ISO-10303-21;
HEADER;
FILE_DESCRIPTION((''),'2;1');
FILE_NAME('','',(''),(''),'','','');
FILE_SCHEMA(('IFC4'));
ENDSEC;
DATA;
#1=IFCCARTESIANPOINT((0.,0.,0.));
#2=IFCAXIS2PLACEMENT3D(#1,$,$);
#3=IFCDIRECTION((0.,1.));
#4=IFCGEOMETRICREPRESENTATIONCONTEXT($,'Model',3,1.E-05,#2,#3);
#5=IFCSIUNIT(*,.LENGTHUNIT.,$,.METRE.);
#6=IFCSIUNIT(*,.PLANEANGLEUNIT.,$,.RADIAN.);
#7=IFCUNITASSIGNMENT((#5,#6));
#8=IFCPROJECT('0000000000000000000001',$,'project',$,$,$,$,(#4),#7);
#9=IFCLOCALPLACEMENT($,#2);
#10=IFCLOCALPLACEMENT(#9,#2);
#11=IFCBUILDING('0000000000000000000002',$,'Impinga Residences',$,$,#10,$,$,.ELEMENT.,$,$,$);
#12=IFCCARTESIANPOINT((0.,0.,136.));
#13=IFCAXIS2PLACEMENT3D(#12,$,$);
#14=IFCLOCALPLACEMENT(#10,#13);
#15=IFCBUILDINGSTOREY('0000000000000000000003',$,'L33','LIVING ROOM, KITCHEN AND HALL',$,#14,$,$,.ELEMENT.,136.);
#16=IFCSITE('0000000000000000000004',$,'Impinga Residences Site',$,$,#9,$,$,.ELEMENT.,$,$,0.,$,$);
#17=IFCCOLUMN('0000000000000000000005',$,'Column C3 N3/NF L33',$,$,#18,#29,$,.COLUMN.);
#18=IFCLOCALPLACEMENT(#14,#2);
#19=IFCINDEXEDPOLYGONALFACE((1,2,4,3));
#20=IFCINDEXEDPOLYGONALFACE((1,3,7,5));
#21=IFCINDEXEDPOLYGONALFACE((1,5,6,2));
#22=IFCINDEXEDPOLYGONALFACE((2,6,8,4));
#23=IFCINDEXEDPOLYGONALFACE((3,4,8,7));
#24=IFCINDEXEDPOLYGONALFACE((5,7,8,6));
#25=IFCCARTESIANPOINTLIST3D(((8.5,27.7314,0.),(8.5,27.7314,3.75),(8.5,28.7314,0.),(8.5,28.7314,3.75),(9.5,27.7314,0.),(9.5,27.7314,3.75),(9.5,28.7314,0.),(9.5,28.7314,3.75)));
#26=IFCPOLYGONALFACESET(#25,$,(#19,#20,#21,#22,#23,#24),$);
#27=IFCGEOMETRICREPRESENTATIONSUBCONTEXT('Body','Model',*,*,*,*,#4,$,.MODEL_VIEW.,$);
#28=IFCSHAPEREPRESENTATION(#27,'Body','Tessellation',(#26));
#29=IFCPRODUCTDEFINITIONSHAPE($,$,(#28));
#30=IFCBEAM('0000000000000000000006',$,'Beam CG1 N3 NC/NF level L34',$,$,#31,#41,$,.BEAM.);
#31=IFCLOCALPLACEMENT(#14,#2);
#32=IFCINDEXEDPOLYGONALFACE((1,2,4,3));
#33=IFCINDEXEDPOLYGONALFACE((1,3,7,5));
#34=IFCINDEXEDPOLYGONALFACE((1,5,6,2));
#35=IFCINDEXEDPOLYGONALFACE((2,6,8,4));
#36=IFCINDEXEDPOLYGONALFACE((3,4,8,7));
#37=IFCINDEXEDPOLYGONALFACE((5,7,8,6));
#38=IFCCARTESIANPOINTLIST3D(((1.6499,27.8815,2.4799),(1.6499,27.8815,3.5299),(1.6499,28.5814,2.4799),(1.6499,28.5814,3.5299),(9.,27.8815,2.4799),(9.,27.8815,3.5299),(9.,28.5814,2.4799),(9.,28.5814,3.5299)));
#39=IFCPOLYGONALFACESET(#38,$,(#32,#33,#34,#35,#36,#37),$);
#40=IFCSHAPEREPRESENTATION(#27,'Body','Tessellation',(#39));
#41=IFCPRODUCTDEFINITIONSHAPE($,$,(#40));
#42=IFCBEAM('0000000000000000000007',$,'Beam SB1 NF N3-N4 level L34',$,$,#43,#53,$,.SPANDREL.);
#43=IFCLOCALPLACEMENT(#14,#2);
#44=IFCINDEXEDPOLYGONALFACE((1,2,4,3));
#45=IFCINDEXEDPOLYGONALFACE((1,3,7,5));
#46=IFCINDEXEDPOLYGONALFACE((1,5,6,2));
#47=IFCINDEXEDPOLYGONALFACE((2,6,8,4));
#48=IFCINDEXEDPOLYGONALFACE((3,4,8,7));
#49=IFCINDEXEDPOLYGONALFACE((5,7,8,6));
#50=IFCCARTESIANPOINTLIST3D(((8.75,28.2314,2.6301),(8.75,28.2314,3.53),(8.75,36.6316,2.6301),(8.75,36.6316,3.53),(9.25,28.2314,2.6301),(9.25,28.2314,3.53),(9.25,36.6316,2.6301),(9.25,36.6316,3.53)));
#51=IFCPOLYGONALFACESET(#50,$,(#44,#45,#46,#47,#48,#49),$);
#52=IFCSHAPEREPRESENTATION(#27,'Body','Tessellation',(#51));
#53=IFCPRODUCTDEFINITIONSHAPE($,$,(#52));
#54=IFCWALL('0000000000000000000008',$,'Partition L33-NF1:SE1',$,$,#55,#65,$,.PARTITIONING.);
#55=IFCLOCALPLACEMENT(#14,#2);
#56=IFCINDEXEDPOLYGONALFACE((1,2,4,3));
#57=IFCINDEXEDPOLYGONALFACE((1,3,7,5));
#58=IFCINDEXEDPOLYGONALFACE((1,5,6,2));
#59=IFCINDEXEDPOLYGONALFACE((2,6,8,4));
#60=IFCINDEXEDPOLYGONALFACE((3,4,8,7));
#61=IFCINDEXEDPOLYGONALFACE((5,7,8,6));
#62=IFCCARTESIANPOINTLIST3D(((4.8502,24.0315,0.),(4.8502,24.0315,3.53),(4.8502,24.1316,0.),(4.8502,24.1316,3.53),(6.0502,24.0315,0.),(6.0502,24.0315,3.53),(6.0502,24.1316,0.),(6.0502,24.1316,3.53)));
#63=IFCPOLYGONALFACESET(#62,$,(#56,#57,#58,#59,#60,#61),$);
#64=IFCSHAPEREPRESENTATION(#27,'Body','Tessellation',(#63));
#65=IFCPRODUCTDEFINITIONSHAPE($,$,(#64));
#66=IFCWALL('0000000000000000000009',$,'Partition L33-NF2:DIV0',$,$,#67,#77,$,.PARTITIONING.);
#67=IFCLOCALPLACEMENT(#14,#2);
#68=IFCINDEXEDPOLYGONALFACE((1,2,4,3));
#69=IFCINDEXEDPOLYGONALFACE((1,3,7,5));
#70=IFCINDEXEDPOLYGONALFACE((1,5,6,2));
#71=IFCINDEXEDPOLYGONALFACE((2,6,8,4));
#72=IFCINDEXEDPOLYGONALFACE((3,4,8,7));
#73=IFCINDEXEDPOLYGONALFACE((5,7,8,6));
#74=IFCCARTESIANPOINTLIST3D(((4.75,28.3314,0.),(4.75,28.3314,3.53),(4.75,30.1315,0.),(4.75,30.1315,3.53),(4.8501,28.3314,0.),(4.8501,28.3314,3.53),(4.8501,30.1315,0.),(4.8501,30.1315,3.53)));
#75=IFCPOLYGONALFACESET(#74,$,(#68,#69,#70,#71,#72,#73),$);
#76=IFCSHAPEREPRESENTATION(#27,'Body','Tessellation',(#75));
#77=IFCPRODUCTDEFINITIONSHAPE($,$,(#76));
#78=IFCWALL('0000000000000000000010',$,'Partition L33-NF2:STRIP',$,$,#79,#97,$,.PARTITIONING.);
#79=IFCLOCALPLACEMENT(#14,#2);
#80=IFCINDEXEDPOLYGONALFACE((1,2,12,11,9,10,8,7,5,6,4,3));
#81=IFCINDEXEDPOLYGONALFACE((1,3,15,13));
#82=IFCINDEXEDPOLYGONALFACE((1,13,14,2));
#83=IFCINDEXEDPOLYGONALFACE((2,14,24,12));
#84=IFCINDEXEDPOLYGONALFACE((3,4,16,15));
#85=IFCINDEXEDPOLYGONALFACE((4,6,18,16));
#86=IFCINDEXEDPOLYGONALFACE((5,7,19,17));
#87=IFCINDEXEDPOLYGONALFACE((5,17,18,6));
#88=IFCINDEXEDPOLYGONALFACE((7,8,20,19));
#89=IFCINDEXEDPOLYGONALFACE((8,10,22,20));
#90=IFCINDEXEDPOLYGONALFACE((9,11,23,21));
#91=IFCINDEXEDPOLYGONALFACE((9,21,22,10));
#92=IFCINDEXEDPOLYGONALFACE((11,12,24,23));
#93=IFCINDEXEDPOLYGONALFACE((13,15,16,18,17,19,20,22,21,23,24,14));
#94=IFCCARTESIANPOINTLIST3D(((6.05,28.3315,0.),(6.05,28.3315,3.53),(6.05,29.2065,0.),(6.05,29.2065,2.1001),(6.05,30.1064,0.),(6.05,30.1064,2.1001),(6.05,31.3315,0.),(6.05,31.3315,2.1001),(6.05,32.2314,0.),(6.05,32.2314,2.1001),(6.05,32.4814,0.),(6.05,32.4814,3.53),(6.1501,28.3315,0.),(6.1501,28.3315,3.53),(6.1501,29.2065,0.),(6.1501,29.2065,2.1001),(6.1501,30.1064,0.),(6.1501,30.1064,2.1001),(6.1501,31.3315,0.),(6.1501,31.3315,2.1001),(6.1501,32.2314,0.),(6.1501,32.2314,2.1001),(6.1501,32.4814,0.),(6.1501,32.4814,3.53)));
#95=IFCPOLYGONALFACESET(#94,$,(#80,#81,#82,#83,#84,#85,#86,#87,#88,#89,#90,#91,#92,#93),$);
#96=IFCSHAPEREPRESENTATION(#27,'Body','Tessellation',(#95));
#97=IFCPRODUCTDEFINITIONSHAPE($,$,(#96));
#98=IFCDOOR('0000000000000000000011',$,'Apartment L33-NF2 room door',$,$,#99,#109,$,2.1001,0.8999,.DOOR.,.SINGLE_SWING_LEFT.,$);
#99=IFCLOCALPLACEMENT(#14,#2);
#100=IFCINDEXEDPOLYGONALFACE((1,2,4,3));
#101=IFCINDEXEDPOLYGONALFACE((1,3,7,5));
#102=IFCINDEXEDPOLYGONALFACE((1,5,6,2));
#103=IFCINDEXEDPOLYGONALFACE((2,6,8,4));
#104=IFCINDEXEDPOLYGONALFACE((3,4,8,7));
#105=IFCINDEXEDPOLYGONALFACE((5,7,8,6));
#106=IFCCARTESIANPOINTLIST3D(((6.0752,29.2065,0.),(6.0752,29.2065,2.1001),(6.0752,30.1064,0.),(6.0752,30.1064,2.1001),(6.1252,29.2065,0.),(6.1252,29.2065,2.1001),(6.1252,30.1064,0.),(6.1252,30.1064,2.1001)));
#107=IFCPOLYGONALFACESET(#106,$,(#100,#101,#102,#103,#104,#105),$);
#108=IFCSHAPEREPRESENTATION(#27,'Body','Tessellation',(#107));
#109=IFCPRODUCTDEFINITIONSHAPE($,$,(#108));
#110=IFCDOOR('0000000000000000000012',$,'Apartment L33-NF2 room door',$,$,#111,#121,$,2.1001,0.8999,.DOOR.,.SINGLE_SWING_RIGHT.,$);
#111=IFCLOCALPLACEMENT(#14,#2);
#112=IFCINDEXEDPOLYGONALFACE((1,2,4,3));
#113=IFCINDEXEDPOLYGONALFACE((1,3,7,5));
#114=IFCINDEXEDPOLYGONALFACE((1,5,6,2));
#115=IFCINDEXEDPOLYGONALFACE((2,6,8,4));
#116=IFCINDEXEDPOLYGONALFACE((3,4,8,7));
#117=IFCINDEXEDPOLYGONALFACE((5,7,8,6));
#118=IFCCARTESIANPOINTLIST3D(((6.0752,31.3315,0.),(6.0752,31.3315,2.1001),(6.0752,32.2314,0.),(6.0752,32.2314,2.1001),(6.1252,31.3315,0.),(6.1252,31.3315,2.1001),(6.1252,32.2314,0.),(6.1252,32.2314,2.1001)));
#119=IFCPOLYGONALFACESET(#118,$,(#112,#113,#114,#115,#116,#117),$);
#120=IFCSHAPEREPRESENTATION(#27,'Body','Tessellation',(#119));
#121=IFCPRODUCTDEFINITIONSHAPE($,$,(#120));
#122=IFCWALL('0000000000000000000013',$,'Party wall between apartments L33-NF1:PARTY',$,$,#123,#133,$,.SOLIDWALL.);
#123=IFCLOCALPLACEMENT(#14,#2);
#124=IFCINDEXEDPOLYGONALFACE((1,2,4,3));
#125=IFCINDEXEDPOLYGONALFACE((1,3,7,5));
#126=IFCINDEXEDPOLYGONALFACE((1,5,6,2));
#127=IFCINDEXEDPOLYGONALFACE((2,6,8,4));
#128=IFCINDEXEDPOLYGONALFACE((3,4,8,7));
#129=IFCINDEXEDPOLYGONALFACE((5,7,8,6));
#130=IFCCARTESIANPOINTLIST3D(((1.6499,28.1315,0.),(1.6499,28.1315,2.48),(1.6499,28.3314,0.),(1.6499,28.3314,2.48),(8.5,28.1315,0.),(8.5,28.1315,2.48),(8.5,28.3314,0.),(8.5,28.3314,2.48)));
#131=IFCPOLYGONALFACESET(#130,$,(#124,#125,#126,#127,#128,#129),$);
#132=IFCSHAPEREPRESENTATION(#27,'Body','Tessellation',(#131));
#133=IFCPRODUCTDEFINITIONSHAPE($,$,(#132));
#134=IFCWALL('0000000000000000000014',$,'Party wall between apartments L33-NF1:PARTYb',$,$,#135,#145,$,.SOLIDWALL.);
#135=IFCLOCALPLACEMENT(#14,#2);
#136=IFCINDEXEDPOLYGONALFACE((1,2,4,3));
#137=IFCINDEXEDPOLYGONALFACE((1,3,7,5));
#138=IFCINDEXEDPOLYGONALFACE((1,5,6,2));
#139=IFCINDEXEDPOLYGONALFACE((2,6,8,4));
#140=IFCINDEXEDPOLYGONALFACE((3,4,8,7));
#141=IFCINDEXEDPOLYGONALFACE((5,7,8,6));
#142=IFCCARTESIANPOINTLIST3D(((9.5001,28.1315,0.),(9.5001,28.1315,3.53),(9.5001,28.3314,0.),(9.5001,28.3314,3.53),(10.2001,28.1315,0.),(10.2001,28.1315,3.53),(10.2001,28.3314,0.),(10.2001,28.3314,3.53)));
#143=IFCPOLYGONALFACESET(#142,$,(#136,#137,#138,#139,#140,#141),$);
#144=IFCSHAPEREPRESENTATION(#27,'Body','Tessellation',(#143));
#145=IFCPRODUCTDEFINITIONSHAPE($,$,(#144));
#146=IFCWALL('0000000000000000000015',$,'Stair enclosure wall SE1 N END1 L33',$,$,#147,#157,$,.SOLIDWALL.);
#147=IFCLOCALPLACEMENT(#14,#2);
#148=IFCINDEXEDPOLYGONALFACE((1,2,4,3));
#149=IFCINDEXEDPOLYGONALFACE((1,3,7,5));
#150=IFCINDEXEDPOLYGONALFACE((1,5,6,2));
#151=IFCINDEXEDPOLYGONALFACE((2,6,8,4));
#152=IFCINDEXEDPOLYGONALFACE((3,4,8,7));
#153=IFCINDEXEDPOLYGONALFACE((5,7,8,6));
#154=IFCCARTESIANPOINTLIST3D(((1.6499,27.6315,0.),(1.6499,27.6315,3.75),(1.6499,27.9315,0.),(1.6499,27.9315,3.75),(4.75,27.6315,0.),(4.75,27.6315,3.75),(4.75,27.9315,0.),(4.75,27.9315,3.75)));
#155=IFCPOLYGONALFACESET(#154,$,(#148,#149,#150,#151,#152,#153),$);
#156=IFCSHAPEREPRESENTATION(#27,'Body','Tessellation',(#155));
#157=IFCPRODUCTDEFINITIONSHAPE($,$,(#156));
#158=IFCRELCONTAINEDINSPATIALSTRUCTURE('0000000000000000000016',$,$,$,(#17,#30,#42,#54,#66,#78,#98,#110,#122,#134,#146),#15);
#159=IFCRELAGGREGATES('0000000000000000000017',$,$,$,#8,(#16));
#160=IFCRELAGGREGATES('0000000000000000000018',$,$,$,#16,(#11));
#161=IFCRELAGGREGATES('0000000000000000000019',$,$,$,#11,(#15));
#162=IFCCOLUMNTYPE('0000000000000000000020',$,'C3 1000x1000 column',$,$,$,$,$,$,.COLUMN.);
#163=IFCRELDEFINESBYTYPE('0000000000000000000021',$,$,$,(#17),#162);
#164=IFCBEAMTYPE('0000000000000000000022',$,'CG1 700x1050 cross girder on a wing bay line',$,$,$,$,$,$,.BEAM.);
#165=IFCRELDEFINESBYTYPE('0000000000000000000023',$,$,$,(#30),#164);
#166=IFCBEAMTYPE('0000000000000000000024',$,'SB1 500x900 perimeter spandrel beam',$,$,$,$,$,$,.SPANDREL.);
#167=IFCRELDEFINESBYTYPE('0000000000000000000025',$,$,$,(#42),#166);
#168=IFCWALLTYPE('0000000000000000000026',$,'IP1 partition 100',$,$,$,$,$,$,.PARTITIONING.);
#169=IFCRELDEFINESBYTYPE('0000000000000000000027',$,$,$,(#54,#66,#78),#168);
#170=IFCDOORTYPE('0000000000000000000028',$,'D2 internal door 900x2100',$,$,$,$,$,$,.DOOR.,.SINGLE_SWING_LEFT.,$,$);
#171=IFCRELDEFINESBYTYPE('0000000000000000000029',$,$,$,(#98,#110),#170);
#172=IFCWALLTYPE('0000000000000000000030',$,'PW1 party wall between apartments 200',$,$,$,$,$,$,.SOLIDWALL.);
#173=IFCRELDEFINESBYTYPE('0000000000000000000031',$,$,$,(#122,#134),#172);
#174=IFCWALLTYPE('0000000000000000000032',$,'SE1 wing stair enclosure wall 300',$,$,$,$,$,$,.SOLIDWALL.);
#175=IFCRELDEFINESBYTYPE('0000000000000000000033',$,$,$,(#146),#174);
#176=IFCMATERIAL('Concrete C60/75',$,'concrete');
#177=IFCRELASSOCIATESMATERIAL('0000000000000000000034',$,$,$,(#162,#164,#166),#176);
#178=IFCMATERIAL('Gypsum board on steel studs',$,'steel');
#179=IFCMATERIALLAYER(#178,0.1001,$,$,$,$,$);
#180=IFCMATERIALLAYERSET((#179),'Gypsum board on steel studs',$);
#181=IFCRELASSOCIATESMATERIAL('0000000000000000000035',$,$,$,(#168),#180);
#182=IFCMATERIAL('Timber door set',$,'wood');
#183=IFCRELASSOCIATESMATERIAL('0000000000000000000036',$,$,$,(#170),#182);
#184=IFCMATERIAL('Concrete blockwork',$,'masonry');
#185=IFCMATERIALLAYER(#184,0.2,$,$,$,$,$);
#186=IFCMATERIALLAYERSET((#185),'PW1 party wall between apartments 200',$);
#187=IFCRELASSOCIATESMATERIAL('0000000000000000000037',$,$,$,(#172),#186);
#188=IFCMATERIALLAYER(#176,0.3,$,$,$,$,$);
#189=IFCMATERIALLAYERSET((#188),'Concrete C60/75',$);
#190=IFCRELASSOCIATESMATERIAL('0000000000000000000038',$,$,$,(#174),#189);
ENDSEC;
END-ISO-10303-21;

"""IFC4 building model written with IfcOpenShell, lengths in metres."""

from ifc_helpers import new_model, si_unit, direction, frame, frame_2d, origin, origin_2d, place, context, subcontext, project, spatial, rectangle, extrude, material, layer, layer_set, material_profile, profile_set, type_object, element, fill, save


model = new_model("IFC4")

# Units and contexts
model_context = context("Model", 3, precision=1e-05, world=origin(), true_north=direction((0.0, 1.0)))
body_context = subcontext(model_context, "Body", "Model", "MODEL_VIEW")
ifc_project = project(units=[si_unit("LENGTHUNIT", "METRE"), si_unit("PLANEANGLEUNIT", "RADIAN")], contexts=[model_context])

# Site, building, storey
site_placement = place(None, origin())
site = spatial("IfcSite", under=ifc_project, at=site_placement, Name="Impinga Residences Site", CompositionType="ELEMENT", RefElevation=0.0)
building_placement = place(site_placement, origin())
building = spatial("IfcBuilding", under=site, at=building_placement, Name="Impinga Residences", CompositionType="ELEMENT")
storey_placement = place(building_placement, frame((0.0, 0.0, 136.0)))
storey = spatial("IfcBuildingStorey", under=building, at=storey_placement, Name="L33", Description="LIVING ROOM, KITCHEN AND HALL", CompositionType="ELEMENT", Elevation=136.0)

# Column
ifc_material_1 = material(Name="Concrete C60/75", Category="concrete")
ifc_material_profile_1 = material_profile(ifc_material_1, rectangle(XDim=1.0, YDim=1.0, at=origin_2d()), Name="RC 1000x1000")
ifc_profile_set_1 = profile_set([ifc_material_profile_1], Name="Concrete C60/75")
column_type = type_object("IfcColumnType", Name="C3 1000x1000 column", PredefinedType="COLUMN", material=ifc_profile_set_1)
column_placement = place(storey_placement, frame((9.0, 28.2314, 0.0), z_axis=(0.0, 0.0, 1.0), x_axis=(1.0, 0.0, 0.0)))
element("IfcColumn", 1, at=column_placement, inside=storey, type_object=column_type, Name="Column C3 N3/NF L33", PredefinedType="COLUMN", context=body_context, shape_type="SweptSolid", body=[
    extrude(rectangle(XDim=1.0, YDim=1.0, at=origin_2d()), origin(), (0.0, 0.0, 1.0), 3.75),
])

# Beams
ifc_material_profile_2 = material_profile(ifc_material_1, rectangle(XDim=0.7, YDim=1.05, at=origin_2d()), Name="RC 700x1050")
ifc_profile_set_2 = profile_set([ifc_material_profile_2], Name="Concrete C60/75")
beam_type_1 = type_object("IfcBeamType", Name="CG1 700x1050 cross girder on a wing bay line", PredefinedType="BEAM", material=ifc_profile_set_2)
beam_1_placement = place(storey_placement, frame((1.6499, 28.2314, 3.0049), z_axis=(1.0, 0.0, 0.0), x_axis=(0.0, 1.0, 0.0)))
element("IfcBeam", 2, at=beam_1_placement, inside=storey, type_object=beam_type_1, Name="Beam CG1 N3 NC/NF level L34", PredefinedType="BEAM", context=body_context, shape_type="SweptSolid", body=[
    extrude(rectangle(XDim=0.7, YDim=1.05, at=origin_2d()), origin(), (0.0, 0.0, 1.0), 7.3501),
])
ifc_material_profile_3 = material_profile(ifc_material_1, rectangle(XDim=0.5, YDim=0.8999, at=origin_2d()), Name="RC 500x900")
ifc_profile_set_3 = profile_set([ifc_material_profile_3], Name="Concrete C60/75")
beam_type_2 = type_object("IfcBeamType", Name="SB1 500x900 perimeter spandrel beam", PredefinedType="SPANDREL", material=ifc_profile_set_3)
beam_2_placement = place(storey_placement, frame((9.0, 28.2314, 3.0801), z_axis=(0.0, 1.0, 0.0), x_axis=(-1.0, 0.0, 0.0)))
element("IfcBeam", 3, at=beam_2_placement, inside=storey, type_object=beam_type_2, Name="Beam SB1 NF N3-N4 level L34", PredefinedType="SPANDREL", context=body_context, shape_type="SweptSolid", body=[
    extrude(rectangle(XDim=0.5, YDim=0.8999, at=origin_2d()), origin(), (0.0, 0.0, 1.0), 8.4001),
])

# Walls
ifc_material_2 = material(Name="Gypsum board on steel studs", Category="steel")
ifc_layer_1 = layer(ifc_material_2, 0.1001)
ifc_layer_set_1 = layer_set([ifc_layer_1], Name="Gypsum board on steel studs")
wall_type_1 = type_object("IfcWallType", Name="IP1 partition 100", PredefinedType="PARTITIONING", material=ifc_layer_set_1)
wall_1_placement = place(storey_placement, frame((4.8501, 24.0815, 0.0), z_axis=(0.0, 0.0, 1.0), x_axis=(1.0, 0.0, 0.0)))
element("IfcWall", 4, at=wall_1_placement, inside=storey, type_object=wall_type_1, Name="Partition L33-NF1:SE1", PredefinedType="PARTITIONING", context=body_context, shape_type="SweptSolid", body=[
    extrude(rectangle(XDim=1.2, YDim=0.1001, at=frame_2d((0.6001, 0.0))), origin(), (0.0, 0.0, 1.0), 3.53),
])
wall_2_placement = place(storey_placement, frame((4.8, 28.3315, 0.0), z_axis=(0.0, 0.0, 1.0), x_axis=(0.0, 1.0, 0.0)))
element("IfcWall", 5, at=wall_2_placement, inside=storey, type_object=wall_type_1, Name="Partition L33-NF2:DIV0", PredefinedType="PARTITIONING", context=body_context, shape_type="SweptSolid", body=[
    extrude(rectangle(XDim=1.8, YDim=0.1001, at=frame_2d((0.8999, 0.0))), origin(), (0.0, 0.0, 1.0), 3.53),
])

# Wall, openings, doors
wall_3_placement = place(storey_placement, frame((6.1001, 28.3315, 0.0), z_axis=(0.0, 0.0, 1.0), x_axis=(0.0, 1.0, 0.0)))
wall_3 = element("IfcWall", 6, at=wall_3_placement, inside=storey, type_object=wall_type_1, Name="Partition L33-NF2:STRIP", PredefinedType="PARTITIONING", context=body_context, shape_type="SweptSolid", body=[
    extrude(rectangle(XDim=4.1499, YDim=0.1001, at=frame_2d((2.075, 0.0))), origin(), (0.0, 0.0, 1.0), 3.53),
])
opening_1_placement = place(wall_3_placement, frame((0.875, 0.0, 0.0)))
opening_1 = element("IfcOpeningElement", 7, at=opening_1_placement, cuts=wall_3, PredefinedType="OPENING", context=body_context, shape_type="SweptSolid", body=[
    extrude(rectangle(XDim=0.8999, YDim=2.1001, at=frame_2d((0.45, 1.05))), frame((0.0, 0.0601, 0.0), z_axis=(0.0, -1.0, 0.0), x_axis=(1.0, 0.0, 0.0)), (0.0, 0.0, 1.0), 0.1201),
])
opening_2_placement = place(wall_3_placement, frame((3.0, 0.0, 0.0)))
opening_2 = element("IfcOpeningElement", 8, at=opening_2_placement, cuts=wall_3, PredefinedType="OPENING", context=body_context, shape_type="SweptSolid", body=[
    extrude(rectangle(XDim=0.8999, YDim=2.1001, at=frame_2d((0.45, 1.05))), frame((0.0, 0.0601, 0.0), z_axis=(0.0, -1.0, 0.0), x_axis=(1.0, 0.0, 0.0)), (0.0, 0.0, 1.0), 0.1201),
])
ifc_material_3 = material(Name="Timber door set", Category="wood")
door_type = type_object("IfcDoorType", Name="D2 internal door 900x2100", OperationType="SINGLE_SWING_LEFT", PredefinedType="DOOR", material=ifc_material_3)
door_1_placement = place(opening_1_placement, origin())
door_1 = element("IfcDoor", 9, at=door_1_placement, inside=storey, type_object=door_type, Name="Apartment L33-NF2 room door", OperationType="SINGLE_SWING_LEFT", OverallHeight=2.1001, OverallWidth=0.8999, PredefinedType="DOOR", context=body_context, shape_type="SweptSolid", body=[
    extrude(rectangle(XDim=0.8999, YDim=2.1001, at=frame_2d((0.45, 1.05))), frame((0.0, 0.0249, 0.0), z_axis=(0.0, -1.0, 0.0), x_axis=(1.0, 0.0, 0.0)), (0.0, 0.0, 1.0), 0.05),
])
fill(opening_1, door_1)
door_2_placement = place(opening_2_placement, origin())
door_2 = element("IfcDoor", 10, at=door_2_placement, inside=storey, type_object=door_type, Name="Apartment L33-NF2 room door", OperationType="SINGLE_SWING_RIGHT", OverallHeight=2.1001, OverallWidth=0.8999, PredefinedType="DOOR", context=body_context, shape_type="SweptSolid", body=[
    extrude(rectangle(XDim=0.8999, YDim=2.1001, at=frame_2d((0.45, 1.05))), frame((0.0, 0.0249, 0.0), z_axis=(0.0, -1.0, 0.0), x_axis=(1.0, 0.0, 0.0)), (0.0, 0.0, 1.0), 0.05),
])
fill(opening_2, door_2)

# Walls
ifc_material_4 = material(Name="Concrete blockwork", Category="masonry")
ifc_layer_2 = layer(ifc_material_4, 0.2)
ifc_layer_set_2 = layer_set([ifc_layer_2], Name="PW1 party wall between apartments 200")
wall_type_2 = type_object("IfcWallType", Name="PW1 party wall between apartments 200", PredefinedType="SOLIDWALL", material=ifc_layer_set_2)
wall_4_placement = place(storey_placement, frame((1.6499, 28.2314, 0.0), z_axis=(0.0, 0.0, 1.0), x_axis=(1.0, 0.0, 0.0)))
element("IfcWall", 11, at=wall_4_placement, inside=storey, type_object=wall_type_2, Name="Party wall between apartments L33-NF1:PARTY", PredefinedType="SOLIDWALL", context=body_context, shape_type="SweptSolid", body=[
    extrude(rectangle(XDim=6.8501, YDim=0.2, at=frame_2d((3.425, 0.0))), origin(), (0.0, 0.0, 1.0), 2.48),
])
wall_5_placement = place(storey_placement, frame((9.5, 28.2314, 0.0), z_axis=(0.0, 0.0, 1.0), x_axis=(1.0, 0.0, 0.0)))
element("IfcWall", 12, at=wall_5_placement, inside=storey, type_object=wall_type_2, Name="Party wall between apartments L33-NF1:PARTYb", PredefinedType="SOLIDWALL", context=body_context, shape_type="SweptSolid", body=[
    extrude(rectangle(XDim=0.7, YDim=0.2, at=frame_2d((0.3501, 0.0))), origin(), (0.0, 0.0, 1.0), 3.53),
])
ifc_layer_3 = layer(ifc_material_1, 0.3)
ifc_layer_set_3 = layer_set([ifc_layer_3], Name="Concrete C60/75")
wall_type_3 = type_object("IfcWallType", Name="SE1 wing stair enclosure wall 300", PredefinedType="SOLIDWALL", material=ifc_layer_set_3)
wall_6_placement = place(storey_placement, frame((1.6499, 27.7815, 0.0), z_axis=(0.0, 0.0, 1.0), x_axis=(1.0, 0.0, 0.0)))
element("IfcWall", 13, at=wall_6_placement, inside=storey, type_object=wall_type_3, Name="Stair enclosure wall SE1 N END1 L33", PredefinedType="SOLIDWALL", context=body_context, shape_type="SweptSolid", body=[
    extrude(rectangle(XDim=3.1001, YDim=0.3, at=frame_2d((1.55, 0.0))), origin(), (0.0, 0.0, 1.0), 3.75),
])

save(model, "model.ifc")
